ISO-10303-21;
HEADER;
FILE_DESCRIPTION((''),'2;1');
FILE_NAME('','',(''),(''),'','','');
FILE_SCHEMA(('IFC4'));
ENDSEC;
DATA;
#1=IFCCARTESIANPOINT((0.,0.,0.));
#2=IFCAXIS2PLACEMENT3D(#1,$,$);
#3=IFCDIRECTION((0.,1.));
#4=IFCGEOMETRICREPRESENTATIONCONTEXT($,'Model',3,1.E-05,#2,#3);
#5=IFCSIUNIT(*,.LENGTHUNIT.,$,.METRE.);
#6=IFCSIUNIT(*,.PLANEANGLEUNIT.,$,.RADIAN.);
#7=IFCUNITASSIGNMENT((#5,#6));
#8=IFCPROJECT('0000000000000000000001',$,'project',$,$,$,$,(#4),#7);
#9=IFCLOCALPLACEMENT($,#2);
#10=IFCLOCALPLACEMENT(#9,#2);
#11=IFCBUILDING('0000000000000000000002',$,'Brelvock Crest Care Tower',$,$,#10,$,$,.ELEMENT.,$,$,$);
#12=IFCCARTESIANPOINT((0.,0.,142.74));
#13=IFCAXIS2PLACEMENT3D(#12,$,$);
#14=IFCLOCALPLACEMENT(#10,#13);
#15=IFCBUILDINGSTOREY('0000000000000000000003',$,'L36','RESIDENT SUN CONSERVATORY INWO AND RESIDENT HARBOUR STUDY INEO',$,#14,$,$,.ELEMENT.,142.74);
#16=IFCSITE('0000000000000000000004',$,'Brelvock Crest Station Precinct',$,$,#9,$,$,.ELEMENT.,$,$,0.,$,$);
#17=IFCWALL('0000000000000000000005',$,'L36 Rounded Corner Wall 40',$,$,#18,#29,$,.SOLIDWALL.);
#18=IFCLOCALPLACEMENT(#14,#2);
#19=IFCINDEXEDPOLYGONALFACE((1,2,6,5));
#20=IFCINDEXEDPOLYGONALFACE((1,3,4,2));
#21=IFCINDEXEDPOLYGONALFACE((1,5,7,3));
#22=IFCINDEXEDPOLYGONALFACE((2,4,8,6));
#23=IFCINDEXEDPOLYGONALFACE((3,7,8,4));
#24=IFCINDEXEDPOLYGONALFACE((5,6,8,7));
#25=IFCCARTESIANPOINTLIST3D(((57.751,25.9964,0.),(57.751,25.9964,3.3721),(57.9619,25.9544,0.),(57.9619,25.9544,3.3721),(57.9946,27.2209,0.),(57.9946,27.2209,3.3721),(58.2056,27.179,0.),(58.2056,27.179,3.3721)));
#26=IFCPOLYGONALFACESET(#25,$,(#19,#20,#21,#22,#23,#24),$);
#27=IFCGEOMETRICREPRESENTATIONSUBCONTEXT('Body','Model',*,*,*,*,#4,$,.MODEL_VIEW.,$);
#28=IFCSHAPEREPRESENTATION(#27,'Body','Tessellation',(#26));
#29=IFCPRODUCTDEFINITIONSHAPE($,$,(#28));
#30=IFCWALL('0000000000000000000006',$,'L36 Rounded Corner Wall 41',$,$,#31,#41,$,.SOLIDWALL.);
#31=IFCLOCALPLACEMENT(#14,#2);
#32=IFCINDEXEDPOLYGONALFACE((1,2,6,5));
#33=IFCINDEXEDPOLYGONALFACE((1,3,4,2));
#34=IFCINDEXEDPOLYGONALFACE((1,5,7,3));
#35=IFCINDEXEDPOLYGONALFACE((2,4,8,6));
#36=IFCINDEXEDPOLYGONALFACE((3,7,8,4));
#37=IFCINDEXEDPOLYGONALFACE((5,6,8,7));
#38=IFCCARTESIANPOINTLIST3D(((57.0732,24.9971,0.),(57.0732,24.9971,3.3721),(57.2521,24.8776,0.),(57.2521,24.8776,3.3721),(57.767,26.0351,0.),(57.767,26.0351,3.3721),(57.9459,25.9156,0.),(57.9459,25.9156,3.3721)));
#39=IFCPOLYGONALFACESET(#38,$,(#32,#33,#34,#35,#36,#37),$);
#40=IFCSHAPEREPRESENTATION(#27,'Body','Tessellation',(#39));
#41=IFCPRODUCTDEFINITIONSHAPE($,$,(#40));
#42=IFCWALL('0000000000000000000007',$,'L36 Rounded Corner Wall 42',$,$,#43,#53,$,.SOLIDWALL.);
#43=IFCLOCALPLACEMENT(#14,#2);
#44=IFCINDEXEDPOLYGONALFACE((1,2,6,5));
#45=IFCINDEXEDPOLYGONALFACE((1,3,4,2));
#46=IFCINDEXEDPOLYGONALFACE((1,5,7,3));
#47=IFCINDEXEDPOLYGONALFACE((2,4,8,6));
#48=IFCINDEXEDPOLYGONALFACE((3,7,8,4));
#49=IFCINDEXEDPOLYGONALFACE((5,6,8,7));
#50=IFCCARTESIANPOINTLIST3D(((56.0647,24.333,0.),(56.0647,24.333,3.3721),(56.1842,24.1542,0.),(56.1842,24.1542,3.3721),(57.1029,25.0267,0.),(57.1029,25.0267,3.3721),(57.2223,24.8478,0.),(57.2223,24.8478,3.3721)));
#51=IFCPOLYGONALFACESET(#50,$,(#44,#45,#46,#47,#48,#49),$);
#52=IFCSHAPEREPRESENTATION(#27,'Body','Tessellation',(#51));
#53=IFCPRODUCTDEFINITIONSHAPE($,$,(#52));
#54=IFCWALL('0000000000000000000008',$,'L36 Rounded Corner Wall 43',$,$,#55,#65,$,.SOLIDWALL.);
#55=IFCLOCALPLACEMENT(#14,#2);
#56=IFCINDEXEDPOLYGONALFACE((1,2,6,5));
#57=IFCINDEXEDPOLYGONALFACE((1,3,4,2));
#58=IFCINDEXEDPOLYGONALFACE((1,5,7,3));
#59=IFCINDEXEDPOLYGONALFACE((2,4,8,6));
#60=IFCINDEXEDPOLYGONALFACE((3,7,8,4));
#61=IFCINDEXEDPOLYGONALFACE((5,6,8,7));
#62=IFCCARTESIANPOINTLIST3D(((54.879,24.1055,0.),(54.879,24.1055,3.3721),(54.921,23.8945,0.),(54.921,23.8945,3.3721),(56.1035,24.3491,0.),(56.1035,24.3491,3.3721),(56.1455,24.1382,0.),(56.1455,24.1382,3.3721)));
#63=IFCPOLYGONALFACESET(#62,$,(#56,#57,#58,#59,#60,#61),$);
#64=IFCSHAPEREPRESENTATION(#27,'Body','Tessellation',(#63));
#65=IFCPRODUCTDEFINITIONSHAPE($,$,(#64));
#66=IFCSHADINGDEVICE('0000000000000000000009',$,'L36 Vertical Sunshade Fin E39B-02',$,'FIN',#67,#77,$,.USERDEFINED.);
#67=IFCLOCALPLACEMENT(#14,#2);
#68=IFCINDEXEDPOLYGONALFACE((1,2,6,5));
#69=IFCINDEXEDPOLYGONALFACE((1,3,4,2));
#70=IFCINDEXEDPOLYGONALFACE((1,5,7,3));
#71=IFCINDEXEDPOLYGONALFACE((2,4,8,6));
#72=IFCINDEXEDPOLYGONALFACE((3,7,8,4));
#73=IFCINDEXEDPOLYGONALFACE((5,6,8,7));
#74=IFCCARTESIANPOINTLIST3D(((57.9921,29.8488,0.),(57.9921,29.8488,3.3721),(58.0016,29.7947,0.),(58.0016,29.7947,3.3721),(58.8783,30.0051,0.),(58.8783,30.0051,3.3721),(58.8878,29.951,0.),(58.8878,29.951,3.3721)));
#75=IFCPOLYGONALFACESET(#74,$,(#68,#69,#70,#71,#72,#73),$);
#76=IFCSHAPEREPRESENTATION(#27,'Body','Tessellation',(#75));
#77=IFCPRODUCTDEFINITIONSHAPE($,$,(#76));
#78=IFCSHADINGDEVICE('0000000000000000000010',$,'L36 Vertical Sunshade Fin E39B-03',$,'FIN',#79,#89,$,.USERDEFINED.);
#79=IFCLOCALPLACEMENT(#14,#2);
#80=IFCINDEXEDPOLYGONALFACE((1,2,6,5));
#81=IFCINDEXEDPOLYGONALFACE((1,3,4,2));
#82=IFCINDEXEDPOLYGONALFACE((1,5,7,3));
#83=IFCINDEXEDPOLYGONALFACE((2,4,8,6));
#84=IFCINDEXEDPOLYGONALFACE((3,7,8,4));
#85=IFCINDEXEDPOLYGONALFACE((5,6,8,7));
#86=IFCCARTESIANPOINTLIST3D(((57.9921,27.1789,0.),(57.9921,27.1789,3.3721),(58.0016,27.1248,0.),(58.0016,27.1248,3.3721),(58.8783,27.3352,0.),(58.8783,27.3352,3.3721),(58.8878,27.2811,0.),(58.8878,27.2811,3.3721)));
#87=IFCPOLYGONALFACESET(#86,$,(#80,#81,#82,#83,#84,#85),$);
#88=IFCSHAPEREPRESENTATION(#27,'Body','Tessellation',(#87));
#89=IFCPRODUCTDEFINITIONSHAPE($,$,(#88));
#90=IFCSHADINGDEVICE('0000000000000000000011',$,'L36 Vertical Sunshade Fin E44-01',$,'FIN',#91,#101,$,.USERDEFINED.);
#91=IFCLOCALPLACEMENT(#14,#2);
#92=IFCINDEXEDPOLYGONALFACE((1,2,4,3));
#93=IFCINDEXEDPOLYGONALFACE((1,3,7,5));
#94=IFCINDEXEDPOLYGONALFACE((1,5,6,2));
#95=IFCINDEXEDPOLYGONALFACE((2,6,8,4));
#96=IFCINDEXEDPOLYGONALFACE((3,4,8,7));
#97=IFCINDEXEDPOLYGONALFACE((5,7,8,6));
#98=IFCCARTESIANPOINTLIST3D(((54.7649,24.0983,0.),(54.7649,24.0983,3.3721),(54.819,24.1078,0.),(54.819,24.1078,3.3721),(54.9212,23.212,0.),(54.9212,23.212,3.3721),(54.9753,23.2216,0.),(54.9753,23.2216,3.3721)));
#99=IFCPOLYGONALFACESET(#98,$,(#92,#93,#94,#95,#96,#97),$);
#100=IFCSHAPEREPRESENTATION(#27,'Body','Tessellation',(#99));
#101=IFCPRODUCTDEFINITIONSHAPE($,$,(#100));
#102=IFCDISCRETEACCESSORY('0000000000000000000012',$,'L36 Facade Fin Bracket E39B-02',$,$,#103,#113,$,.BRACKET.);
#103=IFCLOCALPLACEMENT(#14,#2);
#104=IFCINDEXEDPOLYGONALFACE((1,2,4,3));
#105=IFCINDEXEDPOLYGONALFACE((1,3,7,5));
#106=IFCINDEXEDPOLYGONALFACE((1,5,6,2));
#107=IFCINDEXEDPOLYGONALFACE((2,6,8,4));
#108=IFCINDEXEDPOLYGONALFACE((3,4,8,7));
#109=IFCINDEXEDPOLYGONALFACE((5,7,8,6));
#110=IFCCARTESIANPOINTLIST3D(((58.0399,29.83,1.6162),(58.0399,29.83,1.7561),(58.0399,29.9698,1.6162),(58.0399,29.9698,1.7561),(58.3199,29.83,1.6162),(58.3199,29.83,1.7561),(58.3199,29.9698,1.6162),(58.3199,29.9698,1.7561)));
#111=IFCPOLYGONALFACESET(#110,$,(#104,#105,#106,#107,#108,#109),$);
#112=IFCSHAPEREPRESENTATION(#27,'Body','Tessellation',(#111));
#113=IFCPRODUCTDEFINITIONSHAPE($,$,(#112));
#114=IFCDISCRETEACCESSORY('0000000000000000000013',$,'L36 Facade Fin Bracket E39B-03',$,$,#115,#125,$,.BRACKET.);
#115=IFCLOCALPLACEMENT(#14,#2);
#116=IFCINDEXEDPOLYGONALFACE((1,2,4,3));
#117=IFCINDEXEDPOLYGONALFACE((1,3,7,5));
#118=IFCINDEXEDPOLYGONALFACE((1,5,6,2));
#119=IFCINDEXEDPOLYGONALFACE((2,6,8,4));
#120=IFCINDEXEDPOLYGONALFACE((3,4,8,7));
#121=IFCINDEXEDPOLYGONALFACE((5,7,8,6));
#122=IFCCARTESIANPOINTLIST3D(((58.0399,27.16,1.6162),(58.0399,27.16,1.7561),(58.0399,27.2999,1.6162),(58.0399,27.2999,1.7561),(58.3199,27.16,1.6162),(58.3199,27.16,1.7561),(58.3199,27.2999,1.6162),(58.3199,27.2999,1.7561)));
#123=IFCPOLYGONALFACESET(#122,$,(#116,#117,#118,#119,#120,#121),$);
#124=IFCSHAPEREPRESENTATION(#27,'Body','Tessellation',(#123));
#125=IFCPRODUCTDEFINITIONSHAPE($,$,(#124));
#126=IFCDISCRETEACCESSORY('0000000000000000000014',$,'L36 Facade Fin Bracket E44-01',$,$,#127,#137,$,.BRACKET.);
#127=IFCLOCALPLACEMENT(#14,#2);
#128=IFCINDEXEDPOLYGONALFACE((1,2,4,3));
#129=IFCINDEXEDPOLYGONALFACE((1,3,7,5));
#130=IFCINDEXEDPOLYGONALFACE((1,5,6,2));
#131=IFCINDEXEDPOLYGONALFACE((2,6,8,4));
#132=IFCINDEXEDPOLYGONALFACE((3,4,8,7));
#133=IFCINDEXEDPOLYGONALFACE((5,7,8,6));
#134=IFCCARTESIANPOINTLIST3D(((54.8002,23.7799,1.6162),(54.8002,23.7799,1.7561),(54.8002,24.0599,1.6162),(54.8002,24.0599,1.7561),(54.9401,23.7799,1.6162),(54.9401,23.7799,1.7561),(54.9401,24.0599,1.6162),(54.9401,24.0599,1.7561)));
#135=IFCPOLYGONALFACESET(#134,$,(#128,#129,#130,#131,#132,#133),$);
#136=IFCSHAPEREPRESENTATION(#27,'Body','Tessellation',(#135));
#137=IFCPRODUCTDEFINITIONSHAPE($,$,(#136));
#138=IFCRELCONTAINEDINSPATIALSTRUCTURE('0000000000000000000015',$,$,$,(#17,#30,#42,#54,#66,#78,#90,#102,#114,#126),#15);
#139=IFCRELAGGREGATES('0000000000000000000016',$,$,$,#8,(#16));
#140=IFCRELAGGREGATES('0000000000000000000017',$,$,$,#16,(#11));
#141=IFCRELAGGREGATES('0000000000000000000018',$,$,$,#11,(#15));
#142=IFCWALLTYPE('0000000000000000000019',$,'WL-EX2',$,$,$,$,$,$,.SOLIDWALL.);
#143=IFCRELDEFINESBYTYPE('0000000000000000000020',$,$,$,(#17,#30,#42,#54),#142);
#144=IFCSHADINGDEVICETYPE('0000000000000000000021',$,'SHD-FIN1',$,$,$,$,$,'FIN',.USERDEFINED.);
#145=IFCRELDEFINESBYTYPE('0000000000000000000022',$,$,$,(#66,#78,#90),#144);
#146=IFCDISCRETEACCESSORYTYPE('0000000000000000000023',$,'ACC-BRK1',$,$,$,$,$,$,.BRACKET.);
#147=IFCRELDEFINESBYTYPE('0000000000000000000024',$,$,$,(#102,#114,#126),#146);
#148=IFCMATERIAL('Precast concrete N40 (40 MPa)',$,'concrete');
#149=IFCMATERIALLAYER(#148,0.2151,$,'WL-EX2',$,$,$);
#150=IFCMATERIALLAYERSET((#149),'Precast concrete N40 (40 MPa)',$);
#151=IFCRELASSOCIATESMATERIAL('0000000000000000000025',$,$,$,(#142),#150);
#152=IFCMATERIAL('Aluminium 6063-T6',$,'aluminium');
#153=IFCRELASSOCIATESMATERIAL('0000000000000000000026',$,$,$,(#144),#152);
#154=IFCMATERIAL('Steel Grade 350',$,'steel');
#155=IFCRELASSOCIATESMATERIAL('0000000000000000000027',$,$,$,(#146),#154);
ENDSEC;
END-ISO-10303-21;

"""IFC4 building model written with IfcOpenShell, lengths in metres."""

from ifc_helpers import new_model, si_unit, direction, frame, frame_2d, origin, origin_2d, place, context, subcontext, project, spatial, rectangle, extrude, source, transform, mapped, material, layer, layer_set, material_profile, profile_set, type_object, element, save


model = new_model("IFC4")

# Units and contexts
model_context = context("Model", 3, precision=1e-05, world=origin(), true_north=direction((0.0, 1.0)))
body_context = subcontext(model_context, "Body", "Model", "MODEL_VIEW")
ifc_project = project(units=[si_unit("LENGTHUNIT", "METRE"), si_unit("PLANEANGLEUNIT", "RADIAN")], contexts=[model_context])

# Site, building, storey
site_placement = place(None, origin())
site = spatial("IfcSite", under=ifc_project, at=site_placement, Name="Brelvock Crest Station Precinct", CompositionType="ELEMENT", RefElevation=0.0)
building_placement = place(site_placement, origin())
building = spatial("IfcBuilding", under=site, at=building_placement, Name="Brelvock Crest Care Tower", CompositionType="ELEMENT")
storey_placement = place(building_placement, frame((0.0, 0.0, 142.74)))
storey = spatial("IfcBuildingStorey", under=building, at=storey_placement, Name="L36", Description="RESIDENT SUN CONSERVATORY INWO AND RESIDENT HARBOUR STUDY INEO", CompositionType="ELEMENT", Elevation=142.74)

# Shared definitions
ifc_material_1 = material(Name="Steel Grade 350", Category="steel")

# Shared definitions
ifc_material_2 = material(Name="Aluminium 6063-T6", Category="aluminium")

# Walls
ifc_material_3 = material(Name="Precast concrete N40 (40 MPa)", Category="concrete")
ifc_layer_1 = layer(ifc_material_3, 0.2151, Name="WL-EX2")
ifc_layer_set_1 = layer_set([ifc_layer_1], Name="Precast concrete N40 (40 MPa)")
wall_type = type_object("IfcWallType", Name="WL-EX2", PredefinedType="SOLIDWALL", material=ifc_layer_set_1)
for number, where, z_axis, x_axis, name in (
    (1, (58.1001, 27.2, 0.0), (0.0, 0.0, 1.0), (-0.195138, -0.980776, 0.0), "L36 Rounded Corner Wall 40"),
    (2, (57.8564, 25.9753, 0.0), (0.0, 0.0, 1.0), (-0.555692, -0.831388, 0.0), "L36 Rounded Corner Wall 41"),
    (3, (57.1626, 24.9373, 0.0), (0.0, 0.0, 1.0), (-0.831478, -0.555557, 0.0), "L36 Rounded Corner Wall 42"),
    (4, (56.1245, 24.2437, 0.0), (0.0, 0.0, 1.0), (-0.980776, -0.195138, 0.0), "L36 Rounded Corner Wall 43"),
):
    element("IfcWall", number, at=place(storey_placement, frame(where, z_axis=z_axis, x_axis=x_axis)), inside=storey, type_object=wall_type, Name=name, PredefinedType="SOLIDWALL", context=body_context, shape_type="SweptSolid", body=[
        extrude(rectangle(XDim=1.2485, YDim=0.2151, at=frame_2d((0.6243, 0.0))), origin(), (0.0, 0.0, 1.0), 3.3721),
    ])

# Shading devices
ifc_material_profile_1 = material_profile(ifc_material_2, rectangle(XDim=0.0549, YDim=0.8999, at=origin_2d()), Name="FIN55x900")
ifc_profile_set_1 = profile_set([ifc_material_profile_1], Name="Aluminium 6063-T6")
shading_device_type = type_object("IfcShadingDeviceType", Name="SHD-FIN1", ElementType="FIN", PredefinedType="USERDEFINED", material=ifc_profile_set_1)
shared_shape_1 = source(origin(), body_context, "Body", "SweptSolid", [
    extrude(rectangle(XDim=0.0549, YDim=0.8999, at=origin_2d()), origin(), (0.0, 0.0, 1.0), 3.3721),
])
for number, where, z_axis, x_axis, name in (
    (5, (58.4399, 29.8999, 0.0), (0.0, 0.0, 1.0), (0.173648, -0.984808, 0.0), "L36 Vertical Sunshade Fin E39B-02"),
    (6, (58.4399, 27.23, 0.0), (0.0, 0.0, 1.0), (0.173648, -0.984808, 0.0), "L36 Vertical Sunshade Fin E39B-03"),
    (7, (54.8701, 23.6599, 0.0), (0.0, 0.0, 1.0), (-0.984808, -0.173648, 0.0), "L36 Vertical Sunshade Fin E44-01"),
):
    element("IfcShadingDevice", number, at=place(storey_placement, frame(where, z_axis=z_axis, x_axis=x_axis)), inside=storey, type_object=shading_device_type, Name=name, ObjectType="FIN", PredefinedType="USERDEFINED", context=body_context, shape_type="MappedRepresentation", body=[
        mapped(shared_shape_1, transform((0.0, 0.0, 0.0), x_axis=(1.0, 0.0, 0.0), y_axis=(0.0, 1.0, 0.0), z_axis=(0.0, 0.0, 1.0), scale=1.0)),
    ])

# Discrete accessories
discrete_accessory_type = type_object("IfcDiscreteAccessoryType", Name="ACC-BRK1", PredefinedType="BRACKET", material=ifc_material_1)
shared_shape_2 = source(origin(), body_context, "Body", "SweptSolid", [
    extrude(rectangle(XDim=0.28, YDim=0.1399, at=origin_2d()), origin(), (0.0, 0.0, 1.0), 0.1399),
])
for number, where, z_axis, x_axis, name in (
    (8, (58.1799, 29.8999, 1.6162), (0.0, 0.0, 1.0), (1.0, 0.0, 0.0), "L36 Facade Fin Bracket E39B-02"),
    (9, (58.1799, 27.23, 1.6162), (0.0, 0.0, 1.0), (1.0, 0.0, 0.0), "L36 Facade Fin Bracket E39B-03"),
    (10, (54.8701, 23.9199, 1.6162), (0.0, 0.0, 1.0), (0.0, -1.0, 0.0), "L36 Facade Fin Bracket E44-01"),
):
    element("IfcDiscreteAccessory", number, at=place(storey_placement, frame(where, z_axis=z_axis, x_axis=x_axis)), inside=storey, type_object=discrete_accessory_type, Name=name, PredefinedType="BRACKET", context=body_context, shape_type="MappedRepresentation", body=[
        mapped(shared_shape_2, transform((0.0, 0.0, 0.0), x_axis=(1.0, 0.0, 0.0), y_axis=(0.0, 1.0, 0.0), z_axis=(0.0, 0.0, 1.0), scale=1.0)),
    ])

save(model, "model.ifc")
